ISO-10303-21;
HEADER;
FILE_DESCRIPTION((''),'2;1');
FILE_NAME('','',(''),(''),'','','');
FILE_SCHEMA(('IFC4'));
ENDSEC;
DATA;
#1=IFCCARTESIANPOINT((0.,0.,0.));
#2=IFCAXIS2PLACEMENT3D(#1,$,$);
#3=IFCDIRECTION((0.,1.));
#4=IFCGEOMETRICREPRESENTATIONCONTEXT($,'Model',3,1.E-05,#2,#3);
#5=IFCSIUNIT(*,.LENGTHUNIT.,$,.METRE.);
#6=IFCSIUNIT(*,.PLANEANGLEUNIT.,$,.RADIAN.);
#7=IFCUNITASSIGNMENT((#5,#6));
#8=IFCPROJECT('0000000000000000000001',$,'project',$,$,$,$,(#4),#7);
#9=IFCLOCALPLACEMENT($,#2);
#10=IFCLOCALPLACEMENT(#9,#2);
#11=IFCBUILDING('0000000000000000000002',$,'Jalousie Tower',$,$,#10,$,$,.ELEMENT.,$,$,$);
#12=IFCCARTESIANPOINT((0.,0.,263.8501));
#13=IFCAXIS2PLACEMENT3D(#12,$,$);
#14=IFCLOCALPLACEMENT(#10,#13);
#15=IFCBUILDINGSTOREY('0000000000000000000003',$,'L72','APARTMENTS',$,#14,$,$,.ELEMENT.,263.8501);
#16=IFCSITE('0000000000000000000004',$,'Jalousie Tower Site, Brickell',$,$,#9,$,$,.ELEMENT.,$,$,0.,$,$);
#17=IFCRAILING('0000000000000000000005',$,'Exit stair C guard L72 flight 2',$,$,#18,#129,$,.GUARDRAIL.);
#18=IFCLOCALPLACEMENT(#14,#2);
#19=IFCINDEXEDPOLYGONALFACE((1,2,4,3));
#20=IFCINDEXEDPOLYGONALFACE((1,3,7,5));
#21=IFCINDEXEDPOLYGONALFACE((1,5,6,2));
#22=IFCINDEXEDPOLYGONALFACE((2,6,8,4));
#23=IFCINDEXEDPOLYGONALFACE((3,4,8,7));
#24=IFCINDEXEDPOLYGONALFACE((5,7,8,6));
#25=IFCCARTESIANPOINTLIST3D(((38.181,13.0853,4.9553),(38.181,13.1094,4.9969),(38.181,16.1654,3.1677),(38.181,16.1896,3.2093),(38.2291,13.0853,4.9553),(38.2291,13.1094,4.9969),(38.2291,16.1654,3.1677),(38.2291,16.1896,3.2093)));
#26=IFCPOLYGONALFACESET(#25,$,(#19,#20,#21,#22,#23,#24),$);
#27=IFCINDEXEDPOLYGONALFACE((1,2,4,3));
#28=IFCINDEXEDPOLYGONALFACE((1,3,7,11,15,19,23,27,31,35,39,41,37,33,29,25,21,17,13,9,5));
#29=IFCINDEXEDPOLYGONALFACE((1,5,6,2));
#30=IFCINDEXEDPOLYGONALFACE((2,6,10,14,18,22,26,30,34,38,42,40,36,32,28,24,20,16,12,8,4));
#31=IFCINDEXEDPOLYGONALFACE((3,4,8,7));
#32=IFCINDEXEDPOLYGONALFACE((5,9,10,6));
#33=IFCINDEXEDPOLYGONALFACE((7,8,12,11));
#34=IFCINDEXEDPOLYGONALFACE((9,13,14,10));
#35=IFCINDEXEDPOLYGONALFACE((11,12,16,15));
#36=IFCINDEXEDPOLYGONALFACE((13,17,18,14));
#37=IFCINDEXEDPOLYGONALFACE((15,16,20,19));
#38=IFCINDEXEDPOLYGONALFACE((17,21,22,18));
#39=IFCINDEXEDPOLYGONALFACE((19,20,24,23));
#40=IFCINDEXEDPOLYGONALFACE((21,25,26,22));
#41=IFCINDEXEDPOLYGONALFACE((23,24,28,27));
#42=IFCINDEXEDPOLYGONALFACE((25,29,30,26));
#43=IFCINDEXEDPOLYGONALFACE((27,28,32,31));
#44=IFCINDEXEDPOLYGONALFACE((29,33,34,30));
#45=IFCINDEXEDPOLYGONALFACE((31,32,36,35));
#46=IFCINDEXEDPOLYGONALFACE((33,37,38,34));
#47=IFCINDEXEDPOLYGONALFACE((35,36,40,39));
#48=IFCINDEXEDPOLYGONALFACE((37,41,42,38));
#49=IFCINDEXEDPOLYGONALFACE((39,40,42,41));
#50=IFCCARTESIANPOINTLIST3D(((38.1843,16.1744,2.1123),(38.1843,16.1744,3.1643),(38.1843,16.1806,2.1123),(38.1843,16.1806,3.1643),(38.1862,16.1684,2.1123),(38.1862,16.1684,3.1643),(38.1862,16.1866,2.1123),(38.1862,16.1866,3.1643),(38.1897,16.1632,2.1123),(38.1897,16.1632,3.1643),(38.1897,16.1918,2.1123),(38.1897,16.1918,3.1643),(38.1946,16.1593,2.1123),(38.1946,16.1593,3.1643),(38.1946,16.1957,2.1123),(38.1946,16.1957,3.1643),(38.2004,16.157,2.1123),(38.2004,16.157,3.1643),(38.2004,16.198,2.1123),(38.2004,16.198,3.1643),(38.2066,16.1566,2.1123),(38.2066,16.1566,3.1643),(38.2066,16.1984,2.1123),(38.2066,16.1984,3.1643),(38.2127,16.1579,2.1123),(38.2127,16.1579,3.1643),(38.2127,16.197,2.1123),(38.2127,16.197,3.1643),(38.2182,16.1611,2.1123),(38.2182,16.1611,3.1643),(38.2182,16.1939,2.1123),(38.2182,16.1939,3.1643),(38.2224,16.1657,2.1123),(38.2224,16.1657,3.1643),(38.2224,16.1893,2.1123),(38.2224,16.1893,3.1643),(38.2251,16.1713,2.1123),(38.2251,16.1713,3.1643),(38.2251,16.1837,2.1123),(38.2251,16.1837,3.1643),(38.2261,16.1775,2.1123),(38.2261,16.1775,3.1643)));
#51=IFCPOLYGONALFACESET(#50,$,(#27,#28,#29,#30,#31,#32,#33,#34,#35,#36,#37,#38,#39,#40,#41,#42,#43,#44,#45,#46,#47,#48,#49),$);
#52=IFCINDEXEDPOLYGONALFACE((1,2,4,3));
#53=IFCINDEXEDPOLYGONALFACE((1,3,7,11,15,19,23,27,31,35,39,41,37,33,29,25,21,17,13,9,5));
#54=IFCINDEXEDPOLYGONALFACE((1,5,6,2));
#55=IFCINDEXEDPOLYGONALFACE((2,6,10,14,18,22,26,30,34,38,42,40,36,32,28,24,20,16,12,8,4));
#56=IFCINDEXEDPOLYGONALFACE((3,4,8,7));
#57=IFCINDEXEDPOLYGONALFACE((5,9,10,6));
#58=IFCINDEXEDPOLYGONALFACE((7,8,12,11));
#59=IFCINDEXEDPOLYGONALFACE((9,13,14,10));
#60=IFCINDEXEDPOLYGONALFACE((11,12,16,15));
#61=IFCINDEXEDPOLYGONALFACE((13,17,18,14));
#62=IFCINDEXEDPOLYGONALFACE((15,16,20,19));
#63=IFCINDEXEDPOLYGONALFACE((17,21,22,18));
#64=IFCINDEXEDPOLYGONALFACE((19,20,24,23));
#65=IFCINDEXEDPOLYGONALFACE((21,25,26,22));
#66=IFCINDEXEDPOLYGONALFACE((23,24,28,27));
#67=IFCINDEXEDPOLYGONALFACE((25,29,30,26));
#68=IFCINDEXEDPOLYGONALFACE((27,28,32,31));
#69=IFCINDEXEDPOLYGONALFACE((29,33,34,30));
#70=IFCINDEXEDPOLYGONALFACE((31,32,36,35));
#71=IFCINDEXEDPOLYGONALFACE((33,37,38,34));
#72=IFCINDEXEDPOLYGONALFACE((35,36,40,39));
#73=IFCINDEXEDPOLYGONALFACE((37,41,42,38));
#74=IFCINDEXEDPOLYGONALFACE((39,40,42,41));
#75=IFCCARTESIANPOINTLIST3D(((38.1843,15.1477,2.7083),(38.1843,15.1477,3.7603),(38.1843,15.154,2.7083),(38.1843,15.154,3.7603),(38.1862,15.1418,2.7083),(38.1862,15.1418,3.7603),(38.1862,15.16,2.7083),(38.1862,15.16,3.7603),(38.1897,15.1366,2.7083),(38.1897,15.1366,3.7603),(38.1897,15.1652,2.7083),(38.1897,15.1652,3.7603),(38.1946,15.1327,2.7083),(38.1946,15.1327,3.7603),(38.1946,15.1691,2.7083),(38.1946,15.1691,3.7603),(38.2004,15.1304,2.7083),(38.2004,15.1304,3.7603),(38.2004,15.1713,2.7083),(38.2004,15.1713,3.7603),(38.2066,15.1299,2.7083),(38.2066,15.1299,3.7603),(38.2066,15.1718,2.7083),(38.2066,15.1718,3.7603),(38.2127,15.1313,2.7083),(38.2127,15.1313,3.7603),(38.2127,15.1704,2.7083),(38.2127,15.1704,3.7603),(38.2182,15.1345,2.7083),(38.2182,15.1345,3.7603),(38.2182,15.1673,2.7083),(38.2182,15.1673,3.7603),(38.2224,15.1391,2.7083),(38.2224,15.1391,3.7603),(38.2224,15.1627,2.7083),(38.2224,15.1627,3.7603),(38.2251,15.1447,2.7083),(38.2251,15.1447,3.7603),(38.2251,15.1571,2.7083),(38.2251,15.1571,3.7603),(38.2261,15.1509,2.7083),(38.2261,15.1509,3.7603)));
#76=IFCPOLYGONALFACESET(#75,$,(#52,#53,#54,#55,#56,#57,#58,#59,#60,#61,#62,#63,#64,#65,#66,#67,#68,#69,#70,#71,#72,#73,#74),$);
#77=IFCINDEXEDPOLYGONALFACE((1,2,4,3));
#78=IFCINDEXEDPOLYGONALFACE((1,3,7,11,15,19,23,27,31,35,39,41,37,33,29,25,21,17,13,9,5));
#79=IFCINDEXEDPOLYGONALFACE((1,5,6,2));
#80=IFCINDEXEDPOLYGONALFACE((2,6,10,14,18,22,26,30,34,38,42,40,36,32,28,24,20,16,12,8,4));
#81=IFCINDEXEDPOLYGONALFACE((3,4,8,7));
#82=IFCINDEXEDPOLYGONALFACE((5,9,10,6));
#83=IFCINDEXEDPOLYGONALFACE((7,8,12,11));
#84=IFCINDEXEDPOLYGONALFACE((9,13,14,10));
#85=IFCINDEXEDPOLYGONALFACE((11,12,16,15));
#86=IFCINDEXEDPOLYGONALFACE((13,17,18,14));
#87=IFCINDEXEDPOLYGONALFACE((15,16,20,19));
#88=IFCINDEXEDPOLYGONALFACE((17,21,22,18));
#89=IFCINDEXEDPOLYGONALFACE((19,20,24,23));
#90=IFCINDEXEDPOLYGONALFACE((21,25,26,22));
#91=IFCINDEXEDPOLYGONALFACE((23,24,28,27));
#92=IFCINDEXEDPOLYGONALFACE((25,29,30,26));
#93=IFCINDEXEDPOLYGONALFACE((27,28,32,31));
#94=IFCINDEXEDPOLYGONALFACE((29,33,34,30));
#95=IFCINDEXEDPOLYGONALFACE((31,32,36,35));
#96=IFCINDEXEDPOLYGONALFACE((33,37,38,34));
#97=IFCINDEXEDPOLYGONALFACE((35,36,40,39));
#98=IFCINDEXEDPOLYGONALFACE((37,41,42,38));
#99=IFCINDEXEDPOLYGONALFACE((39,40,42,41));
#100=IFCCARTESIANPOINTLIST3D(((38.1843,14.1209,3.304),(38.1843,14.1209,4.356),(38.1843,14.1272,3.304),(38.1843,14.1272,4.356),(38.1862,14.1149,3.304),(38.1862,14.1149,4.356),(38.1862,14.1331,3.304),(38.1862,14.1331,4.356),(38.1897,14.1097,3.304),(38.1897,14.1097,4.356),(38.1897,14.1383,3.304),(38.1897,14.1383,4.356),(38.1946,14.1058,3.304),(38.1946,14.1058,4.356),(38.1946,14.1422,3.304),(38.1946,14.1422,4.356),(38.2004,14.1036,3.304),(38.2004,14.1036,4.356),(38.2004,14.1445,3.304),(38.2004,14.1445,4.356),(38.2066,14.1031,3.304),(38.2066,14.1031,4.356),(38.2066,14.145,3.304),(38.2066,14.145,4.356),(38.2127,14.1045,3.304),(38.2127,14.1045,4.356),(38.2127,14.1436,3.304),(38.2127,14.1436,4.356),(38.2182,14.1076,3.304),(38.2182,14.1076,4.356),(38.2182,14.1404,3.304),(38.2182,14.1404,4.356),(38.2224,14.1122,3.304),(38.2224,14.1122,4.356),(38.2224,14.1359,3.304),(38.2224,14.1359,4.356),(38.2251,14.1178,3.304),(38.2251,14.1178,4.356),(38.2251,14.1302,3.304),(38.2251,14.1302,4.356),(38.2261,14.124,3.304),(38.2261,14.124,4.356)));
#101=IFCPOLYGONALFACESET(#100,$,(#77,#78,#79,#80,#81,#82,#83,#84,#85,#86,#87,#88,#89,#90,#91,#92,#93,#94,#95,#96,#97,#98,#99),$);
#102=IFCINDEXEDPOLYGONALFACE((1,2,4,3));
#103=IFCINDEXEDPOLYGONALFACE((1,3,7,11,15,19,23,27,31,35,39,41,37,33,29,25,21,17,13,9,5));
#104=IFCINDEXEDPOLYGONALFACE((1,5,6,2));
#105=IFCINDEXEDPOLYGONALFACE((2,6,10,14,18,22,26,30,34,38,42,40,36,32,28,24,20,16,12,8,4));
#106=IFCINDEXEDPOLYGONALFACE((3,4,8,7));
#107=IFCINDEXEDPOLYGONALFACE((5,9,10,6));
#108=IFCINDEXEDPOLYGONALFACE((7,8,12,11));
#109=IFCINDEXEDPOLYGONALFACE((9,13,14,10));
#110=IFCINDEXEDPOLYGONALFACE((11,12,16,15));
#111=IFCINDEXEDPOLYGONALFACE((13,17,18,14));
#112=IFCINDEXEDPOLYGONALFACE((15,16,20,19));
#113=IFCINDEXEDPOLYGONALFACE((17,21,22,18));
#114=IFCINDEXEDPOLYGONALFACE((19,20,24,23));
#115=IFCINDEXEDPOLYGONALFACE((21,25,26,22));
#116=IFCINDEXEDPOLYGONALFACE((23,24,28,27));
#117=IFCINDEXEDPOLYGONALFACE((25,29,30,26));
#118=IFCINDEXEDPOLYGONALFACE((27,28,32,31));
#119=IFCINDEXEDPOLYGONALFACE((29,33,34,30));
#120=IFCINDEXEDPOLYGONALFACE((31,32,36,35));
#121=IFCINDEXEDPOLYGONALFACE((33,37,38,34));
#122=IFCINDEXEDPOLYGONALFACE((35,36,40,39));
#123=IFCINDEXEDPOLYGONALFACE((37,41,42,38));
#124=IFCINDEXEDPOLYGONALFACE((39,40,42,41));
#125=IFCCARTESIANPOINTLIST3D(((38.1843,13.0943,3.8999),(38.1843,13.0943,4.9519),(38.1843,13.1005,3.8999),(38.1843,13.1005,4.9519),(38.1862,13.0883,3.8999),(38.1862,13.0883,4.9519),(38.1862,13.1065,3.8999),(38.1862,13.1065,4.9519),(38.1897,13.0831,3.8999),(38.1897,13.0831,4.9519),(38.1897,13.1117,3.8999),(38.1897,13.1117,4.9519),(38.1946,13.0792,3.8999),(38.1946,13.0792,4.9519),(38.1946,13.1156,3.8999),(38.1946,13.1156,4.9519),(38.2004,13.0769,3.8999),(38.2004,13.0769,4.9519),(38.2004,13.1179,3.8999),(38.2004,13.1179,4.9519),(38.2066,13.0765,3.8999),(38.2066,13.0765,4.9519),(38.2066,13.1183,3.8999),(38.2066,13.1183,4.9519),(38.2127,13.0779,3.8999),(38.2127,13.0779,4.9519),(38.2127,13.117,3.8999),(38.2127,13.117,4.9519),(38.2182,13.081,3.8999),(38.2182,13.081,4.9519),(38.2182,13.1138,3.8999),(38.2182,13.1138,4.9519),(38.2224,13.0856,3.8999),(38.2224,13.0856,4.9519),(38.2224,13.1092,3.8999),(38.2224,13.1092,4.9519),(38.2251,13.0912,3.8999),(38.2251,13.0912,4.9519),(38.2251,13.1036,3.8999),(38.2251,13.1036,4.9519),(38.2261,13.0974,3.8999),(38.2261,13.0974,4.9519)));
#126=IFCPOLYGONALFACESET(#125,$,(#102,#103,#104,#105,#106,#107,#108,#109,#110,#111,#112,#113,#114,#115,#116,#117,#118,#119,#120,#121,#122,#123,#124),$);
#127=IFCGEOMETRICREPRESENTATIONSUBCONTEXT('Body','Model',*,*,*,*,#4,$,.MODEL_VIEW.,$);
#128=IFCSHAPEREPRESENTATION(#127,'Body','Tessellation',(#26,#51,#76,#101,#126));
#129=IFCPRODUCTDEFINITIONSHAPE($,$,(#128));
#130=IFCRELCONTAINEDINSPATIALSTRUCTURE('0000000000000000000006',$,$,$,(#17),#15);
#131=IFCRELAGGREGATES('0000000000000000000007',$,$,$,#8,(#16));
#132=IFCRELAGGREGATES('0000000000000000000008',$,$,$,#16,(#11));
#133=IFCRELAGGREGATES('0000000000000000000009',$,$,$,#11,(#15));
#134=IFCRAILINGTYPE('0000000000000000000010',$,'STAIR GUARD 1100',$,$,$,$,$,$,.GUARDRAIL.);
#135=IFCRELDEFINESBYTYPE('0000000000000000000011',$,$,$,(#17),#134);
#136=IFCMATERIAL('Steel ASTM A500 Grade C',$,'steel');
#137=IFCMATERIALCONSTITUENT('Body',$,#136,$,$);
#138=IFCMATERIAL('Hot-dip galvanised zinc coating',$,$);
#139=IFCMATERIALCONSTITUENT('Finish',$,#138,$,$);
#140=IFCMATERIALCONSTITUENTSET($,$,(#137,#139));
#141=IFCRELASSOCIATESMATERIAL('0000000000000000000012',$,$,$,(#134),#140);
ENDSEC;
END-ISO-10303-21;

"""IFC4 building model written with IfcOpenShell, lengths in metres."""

from ifc_helpers import new_model, si_unit, direction, frame, origin, origin_2d, place, context, subcontext, project, spatial, rectangle, circle, extrude, material, constituent, constituent_set, type_object, element, save


model = new_model("IFC4")

# Units and contexts
model_context = context("Model", 3, precision=1e-05, world=origin(), true_north=direction((0.0, 1.0)))
body_context = subcontext(model_context, "Body", "Model", "MODEL_VIEW")
ifc_project = project(units=[si_unit("LENGTHUNIT", "METRE"), si_unit("PLANEANGLEUNIT", "RADIAN")], contexts=[model_context])

# Site, building, storey
site_placement = place(None, origin())
site = spatial("IfcSite", under=ifc_project, at=site_placement, Name="Jalousie Tower Site, Brickell", CompositionType="ELEMENT", RefElevation=0.0)
building_placement = place(site_placement, origin())
building = spatial("IfcBuilding", under=site, at=building_placement, Name="Jalousie Tower", CompositionType="ELEMENT")
storey_placement = place(building_placement, frame((0.0, 0.0, 263.8501)))
storey = spatial("IfcBuildingStorey", under=building, at=storey_placement, Name="L72", Description="APARTMENTS", CompositionType="ELEMENT", Elevation=263.8501)

# Railing
ifc_material_1 = material(Name="Steel ASTM A500 Grade C", Category="steel")
ifc_constituent_1 = constituent(ifc_material_1, Name="Body")
ifc_material_2 = material(Name="Hot-dip galvanised zinc coating")
ifc_constituent_2 = constituent(ifc_material_2, Name="Finish")
ifc_constituent_set_1 = constituent_set(constituents=[ifc_constituent_1, ifc_constituent_2])
railing_type_1 = type_object("IfcRailingType", Name="STAIR GUARD 1100", PredefinedType="GUARDRAIL", material=ifc_constituent_set_1)
railing_1_placement = place(storey_placement, frame((38.2051, 16.1775, 2.1123)))
element("IfcRailing", 1, at=railing_1_placement, inside=storey, type_object=railing_type_1, Name="Exit stair C guard L72 flight 2", PredefinedType="GUARDRAIL", context=body_context, shape_type="SweptSolid", body=[
    extrude(rectangle(XDim=0.0481, YDim=0.0481, at=origin_2d()), frame((0.0, 0.0, 1.0762), z_axis=(0.0, -0.864891, 0.50196), x_axis=(1.0, 0.0, 0.0)), (0.0, 0.0, 1.0), 3.5613),
    extrude(circle(Radius=0.021, at=origin_2d()), origin(), (0.0, 0.0, 1.0), 1.052),
    extrude(circle(Radius=0.021, at=origin_2d()), frame((0.0, -1.0266, 0.5959)), (0.0, 0.0, 1.0), 1.052),
    extrude(circle(Radius=0.021, at=origin_2d()), frame((0.0, -2.0535, 1.1917)), (0.0, 0.0, 1.0), 1.052),
    extrude(circle(Radius=0.021, at=origin_2d()), frame((0.0, -3.0801, 1.7876)), (0.0, 0.0, 1.0), 1.052),
])

save(model, "model.ifc")
